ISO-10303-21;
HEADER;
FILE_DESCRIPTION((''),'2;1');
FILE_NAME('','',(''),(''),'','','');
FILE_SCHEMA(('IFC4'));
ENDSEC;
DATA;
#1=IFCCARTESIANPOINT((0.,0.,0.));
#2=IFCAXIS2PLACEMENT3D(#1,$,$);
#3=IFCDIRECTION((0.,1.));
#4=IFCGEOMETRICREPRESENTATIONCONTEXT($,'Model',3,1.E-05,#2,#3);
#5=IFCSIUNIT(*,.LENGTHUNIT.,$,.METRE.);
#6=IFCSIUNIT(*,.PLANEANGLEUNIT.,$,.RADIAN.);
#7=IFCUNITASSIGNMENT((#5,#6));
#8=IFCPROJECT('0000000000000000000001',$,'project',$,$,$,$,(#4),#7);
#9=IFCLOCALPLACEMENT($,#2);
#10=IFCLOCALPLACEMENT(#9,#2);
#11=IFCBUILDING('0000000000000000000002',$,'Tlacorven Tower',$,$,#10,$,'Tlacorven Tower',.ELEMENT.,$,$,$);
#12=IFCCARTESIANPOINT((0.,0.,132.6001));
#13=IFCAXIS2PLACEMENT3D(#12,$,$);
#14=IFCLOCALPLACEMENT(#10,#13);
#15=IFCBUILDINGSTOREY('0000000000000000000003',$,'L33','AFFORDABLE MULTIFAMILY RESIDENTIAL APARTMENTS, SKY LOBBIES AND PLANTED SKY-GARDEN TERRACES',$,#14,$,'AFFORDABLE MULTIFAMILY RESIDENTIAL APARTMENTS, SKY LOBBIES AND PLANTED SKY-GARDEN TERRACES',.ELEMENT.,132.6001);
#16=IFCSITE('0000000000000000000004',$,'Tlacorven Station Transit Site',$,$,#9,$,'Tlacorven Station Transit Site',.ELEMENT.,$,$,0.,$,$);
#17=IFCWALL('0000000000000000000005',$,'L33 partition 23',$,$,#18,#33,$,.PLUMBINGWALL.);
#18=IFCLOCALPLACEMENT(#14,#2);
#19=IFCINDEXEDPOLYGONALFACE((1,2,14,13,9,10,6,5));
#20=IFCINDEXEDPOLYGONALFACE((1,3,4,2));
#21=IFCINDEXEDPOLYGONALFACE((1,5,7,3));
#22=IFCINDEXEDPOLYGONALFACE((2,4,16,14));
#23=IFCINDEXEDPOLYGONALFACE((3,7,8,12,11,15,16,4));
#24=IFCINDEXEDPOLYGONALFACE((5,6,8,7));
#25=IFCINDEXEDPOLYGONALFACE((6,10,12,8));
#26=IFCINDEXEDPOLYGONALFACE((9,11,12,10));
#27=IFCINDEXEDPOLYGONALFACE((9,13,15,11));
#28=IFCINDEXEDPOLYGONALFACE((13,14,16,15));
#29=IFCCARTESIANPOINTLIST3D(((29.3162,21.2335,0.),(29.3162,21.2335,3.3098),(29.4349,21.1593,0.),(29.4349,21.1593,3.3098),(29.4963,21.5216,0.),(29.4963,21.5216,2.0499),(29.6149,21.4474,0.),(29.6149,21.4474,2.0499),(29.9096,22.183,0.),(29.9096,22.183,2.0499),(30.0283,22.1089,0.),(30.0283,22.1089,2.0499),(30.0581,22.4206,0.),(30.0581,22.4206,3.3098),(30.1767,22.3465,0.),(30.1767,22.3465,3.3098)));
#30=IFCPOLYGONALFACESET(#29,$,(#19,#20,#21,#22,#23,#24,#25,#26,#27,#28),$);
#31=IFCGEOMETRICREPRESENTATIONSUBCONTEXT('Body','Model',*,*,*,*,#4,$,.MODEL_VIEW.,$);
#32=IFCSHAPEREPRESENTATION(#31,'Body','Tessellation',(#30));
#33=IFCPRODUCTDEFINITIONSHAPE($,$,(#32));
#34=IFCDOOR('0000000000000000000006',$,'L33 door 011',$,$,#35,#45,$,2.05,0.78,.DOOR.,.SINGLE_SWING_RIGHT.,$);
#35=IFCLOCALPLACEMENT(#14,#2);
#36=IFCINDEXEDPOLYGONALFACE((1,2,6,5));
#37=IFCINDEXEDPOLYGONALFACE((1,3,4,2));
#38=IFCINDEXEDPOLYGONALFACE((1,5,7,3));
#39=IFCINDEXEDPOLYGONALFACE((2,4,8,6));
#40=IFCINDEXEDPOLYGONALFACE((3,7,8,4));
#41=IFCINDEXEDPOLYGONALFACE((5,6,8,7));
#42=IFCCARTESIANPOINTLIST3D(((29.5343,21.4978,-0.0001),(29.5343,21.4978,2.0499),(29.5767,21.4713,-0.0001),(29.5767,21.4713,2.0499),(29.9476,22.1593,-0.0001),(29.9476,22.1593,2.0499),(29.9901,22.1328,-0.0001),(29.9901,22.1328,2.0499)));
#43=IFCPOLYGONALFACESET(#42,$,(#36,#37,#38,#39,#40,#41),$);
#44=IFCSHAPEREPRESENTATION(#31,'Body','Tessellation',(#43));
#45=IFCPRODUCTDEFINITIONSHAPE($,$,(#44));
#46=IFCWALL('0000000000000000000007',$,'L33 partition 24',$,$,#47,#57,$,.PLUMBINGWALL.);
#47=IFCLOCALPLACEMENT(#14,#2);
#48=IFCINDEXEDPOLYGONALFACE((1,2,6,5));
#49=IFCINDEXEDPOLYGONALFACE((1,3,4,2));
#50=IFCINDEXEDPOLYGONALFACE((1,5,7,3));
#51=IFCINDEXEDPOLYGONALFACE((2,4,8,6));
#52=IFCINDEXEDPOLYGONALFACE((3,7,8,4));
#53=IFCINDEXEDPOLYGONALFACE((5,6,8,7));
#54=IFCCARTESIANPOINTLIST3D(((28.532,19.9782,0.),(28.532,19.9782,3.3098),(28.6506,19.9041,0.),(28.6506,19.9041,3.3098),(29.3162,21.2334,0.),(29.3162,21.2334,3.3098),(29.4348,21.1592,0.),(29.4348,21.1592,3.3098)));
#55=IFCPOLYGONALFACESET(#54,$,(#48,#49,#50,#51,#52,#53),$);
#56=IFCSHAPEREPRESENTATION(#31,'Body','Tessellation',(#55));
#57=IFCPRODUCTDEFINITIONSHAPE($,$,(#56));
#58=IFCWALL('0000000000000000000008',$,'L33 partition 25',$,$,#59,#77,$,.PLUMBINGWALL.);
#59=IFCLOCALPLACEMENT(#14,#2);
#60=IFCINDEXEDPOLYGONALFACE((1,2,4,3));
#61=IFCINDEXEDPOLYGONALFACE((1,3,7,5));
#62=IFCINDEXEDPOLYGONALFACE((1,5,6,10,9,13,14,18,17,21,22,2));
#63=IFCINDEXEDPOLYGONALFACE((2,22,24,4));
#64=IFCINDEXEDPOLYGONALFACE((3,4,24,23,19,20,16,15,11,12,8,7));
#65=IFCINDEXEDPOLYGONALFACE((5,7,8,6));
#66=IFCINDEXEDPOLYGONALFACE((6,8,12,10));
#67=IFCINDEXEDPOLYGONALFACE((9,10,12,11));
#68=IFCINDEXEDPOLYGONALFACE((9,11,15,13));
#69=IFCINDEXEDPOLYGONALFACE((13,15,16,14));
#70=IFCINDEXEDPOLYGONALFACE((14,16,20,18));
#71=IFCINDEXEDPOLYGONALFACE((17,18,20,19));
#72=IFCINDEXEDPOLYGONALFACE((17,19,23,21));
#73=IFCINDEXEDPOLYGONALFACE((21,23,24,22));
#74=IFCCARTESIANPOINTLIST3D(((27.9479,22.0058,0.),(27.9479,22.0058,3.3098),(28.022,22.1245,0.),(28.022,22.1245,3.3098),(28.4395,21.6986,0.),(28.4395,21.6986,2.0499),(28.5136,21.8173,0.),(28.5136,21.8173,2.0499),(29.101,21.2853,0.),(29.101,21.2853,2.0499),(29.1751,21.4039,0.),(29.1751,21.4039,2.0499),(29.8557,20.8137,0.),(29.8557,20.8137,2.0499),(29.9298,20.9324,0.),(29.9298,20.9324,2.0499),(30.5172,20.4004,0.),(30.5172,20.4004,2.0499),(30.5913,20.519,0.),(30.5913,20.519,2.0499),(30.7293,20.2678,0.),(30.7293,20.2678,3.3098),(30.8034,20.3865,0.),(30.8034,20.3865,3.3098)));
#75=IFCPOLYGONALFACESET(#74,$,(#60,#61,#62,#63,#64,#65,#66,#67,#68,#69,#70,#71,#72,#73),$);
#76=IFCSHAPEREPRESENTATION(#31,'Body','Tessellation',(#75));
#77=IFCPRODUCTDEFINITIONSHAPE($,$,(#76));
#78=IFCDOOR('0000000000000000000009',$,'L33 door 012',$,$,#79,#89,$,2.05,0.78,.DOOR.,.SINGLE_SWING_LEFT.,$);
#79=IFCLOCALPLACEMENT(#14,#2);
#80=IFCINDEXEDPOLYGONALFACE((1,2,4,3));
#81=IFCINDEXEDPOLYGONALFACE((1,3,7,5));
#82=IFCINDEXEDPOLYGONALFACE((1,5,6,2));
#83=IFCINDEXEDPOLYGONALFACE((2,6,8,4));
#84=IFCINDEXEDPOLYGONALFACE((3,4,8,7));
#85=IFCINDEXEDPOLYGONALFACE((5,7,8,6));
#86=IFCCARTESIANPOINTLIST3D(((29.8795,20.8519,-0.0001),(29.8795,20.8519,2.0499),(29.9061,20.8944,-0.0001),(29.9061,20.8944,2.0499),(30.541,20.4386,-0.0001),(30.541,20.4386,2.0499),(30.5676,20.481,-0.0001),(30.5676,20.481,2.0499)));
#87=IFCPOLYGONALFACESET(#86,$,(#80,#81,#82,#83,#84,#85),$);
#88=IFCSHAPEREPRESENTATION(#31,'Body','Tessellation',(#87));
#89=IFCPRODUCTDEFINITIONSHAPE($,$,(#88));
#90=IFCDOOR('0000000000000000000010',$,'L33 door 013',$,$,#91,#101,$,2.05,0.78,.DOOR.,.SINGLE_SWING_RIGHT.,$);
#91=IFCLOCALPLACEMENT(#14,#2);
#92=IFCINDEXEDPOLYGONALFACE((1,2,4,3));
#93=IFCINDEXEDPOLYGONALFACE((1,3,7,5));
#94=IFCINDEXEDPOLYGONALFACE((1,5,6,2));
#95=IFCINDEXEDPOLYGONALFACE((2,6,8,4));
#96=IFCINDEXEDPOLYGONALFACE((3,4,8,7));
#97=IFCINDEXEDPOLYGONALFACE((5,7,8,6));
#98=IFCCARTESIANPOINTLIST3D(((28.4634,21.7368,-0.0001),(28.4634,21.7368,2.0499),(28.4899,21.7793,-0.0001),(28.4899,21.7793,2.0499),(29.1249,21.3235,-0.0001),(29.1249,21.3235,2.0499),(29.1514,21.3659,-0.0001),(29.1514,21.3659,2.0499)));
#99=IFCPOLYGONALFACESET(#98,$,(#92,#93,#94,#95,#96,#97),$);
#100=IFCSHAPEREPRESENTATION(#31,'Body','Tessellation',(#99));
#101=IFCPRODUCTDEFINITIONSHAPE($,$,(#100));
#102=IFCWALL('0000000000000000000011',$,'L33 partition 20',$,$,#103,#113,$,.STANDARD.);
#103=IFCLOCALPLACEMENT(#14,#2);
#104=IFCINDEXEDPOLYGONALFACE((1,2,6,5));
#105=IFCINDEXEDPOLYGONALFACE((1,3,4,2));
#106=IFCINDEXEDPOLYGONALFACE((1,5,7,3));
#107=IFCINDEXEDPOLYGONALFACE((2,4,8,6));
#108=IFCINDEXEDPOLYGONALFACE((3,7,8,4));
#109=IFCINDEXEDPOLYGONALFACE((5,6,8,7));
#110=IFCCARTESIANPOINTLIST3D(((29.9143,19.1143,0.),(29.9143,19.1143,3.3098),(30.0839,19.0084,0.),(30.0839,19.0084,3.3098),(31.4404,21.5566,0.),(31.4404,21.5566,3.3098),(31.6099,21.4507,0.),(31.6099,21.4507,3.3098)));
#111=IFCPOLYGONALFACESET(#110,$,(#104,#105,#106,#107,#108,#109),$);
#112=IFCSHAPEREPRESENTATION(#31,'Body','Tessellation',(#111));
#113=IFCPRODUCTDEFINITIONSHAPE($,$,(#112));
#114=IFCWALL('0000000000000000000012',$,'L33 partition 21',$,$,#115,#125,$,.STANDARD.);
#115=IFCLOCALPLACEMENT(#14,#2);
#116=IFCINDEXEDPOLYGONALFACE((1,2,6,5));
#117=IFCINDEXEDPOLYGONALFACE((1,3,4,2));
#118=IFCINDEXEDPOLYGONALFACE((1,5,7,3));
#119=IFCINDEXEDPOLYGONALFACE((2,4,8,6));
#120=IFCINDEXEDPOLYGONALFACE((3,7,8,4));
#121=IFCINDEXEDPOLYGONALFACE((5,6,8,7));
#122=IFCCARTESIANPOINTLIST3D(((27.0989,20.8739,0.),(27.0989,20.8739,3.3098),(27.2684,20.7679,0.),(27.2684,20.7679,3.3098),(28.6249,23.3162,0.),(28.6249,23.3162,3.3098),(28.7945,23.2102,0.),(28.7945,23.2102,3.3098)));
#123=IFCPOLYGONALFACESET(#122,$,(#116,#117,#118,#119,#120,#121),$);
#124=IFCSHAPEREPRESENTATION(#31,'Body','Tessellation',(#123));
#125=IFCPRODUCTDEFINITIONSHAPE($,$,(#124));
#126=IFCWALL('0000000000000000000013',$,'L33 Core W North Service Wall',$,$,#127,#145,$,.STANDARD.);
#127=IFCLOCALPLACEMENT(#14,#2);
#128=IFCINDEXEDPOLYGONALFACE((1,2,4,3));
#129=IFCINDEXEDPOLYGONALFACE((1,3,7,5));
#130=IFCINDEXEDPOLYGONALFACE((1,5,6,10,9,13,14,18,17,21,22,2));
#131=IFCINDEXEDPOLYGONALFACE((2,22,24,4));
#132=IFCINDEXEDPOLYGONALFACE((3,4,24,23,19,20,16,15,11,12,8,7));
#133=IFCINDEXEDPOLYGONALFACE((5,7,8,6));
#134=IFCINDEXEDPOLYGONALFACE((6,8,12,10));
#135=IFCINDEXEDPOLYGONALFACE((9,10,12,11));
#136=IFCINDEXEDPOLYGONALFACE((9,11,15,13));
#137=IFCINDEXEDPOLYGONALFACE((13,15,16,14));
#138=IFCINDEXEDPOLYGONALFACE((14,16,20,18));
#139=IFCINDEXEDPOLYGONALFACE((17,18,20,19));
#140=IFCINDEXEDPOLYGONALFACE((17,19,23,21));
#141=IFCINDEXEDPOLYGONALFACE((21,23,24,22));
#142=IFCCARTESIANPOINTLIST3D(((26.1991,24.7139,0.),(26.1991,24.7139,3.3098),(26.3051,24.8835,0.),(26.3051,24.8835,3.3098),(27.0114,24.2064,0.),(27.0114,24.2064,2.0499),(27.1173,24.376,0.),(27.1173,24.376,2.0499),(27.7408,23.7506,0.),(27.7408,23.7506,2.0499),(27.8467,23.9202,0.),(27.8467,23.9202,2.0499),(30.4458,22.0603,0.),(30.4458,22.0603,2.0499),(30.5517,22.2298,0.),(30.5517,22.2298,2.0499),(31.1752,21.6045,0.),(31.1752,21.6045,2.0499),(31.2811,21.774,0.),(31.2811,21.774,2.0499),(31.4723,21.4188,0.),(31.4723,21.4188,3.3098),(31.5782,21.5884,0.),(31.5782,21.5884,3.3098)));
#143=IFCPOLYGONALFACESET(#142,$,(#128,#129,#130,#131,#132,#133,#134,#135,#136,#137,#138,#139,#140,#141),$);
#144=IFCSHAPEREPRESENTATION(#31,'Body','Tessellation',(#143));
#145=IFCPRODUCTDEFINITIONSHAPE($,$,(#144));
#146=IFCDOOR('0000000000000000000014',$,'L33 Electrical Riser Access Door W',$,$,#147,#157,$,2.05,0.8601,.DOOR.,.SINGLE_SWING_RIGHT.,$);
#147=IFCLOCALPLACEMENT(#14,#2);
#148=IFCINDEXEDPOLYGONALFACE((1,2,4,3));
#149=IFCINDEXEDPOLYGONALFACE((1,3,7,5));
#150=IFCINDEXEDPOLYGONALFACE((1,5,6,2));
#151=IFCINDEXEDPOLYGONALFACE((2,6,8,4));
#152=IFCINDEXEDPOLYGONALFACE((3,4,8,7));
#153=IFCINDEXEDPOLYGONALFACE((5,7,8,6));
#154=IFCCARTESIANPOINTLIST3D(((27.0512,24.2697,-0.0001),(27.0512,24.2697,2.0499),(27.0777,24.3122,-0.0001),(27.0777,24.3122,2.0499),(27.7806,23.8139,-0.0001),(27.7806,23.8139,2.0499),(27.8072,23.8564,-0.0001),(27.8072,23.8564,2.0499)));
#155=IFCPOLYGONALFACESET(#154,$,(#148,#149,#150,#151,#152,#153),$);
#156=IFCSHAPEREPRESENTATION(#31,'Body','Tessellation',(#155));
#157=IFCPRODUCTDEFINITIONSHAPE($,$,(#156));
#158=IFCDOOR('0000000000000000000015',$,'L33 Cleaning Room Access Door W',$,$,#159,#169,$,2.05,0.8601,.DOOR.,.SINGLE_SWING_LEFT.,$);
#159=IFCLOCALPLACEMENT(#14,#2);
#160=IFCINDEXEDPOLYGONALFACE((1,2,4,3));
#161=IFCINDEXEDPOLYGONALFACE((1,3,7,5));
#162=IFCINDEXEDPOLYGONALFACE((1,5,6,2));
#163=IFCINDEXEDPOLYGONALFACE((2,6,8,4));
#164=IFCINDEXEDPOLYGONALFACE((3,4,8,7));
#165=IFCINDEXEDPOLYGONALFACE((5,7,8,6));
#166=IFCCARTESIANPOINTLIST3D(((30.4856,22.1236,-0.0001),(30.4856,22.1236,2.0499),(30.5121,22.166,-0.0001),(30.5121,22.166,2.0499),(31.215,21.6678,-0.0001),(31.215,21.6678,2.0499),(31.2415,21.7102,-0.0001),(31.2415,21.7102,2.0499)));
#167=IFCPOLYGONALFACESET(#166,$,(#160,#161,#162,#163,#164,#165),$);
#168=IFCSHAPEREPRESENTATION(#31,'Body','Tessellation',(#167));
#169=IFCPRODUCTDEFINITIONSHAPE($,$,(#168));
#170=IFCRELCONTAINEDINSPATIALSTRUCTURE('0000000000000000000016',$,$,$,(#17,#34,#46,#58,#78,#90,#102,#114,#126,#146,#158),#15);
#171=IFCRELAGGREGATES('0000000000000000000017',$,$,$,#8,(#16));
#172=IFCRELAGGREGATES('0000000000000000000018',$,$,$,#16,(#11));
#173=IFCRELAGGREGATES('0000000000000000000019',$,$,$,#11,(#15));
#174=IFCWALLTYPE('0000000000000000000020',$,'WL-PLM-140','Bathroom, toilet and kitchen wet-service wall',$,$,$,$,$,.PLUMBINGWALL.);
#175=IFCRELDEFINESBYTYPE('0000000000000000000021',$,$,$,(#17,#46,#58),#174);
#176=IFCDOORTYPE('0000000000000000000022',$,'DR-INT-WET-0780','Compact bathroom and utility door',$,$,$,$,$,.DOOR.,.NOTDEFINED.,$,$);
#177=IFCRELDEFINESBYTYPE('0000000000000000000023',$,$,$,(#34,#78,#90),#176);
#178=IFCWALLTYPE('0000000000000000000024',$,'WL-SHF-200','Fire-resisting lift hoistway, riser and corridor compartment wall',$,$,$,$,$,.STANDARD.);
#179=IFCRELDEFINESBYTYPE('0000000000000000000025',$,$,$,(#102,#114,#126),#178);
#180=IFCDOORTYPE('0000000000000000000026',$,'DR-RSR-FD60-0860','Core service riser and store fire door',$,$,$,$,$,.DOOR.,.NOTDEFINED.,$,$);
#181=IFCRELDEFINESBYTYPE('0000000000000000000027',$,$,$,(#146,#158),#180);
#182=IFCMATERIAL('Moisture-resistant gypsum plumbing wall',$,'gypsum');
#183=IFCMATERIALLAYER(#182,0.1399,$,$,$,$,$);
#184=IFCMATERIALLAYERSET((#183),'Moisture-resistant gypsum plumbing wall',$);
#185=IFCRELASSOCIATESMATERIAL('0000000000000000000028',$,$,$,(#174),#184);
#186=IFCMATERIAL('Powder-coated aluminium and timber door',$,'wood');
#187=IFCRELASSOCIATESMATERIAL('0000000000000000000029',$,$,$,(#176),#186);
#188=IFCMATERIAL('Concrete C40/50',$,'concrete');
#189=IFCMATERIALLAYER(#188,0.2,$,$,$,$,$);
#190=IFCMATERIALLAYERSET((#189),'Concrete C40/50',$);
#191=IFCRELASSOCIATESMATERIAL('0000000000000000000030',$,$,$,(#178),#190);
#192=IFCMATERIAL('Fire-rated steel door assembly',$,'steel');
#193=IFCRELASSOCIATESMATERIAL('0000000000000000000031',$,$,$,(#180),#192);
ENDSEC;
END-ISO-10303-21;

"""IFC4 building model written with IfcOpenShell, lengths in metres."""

from ifc_helpers import new_model, si_unit, direction, frame, frame_2d, origin, place, context, subcontext, project, spatial, rectangle, extrude, source, transform, mapped, material, layer, layer_set, type_object, element, fill, save


model = new_model("IFC4")

# Units and contexts
model_context = context("Model", 3, precision=1e-05, world=origin(), true_north=direction((0.0, 1.0)))
body_context = subcontext(model_context, "Body", "Model", "MODEL_VIEW")
ifc_project = project(units=[si_unit("LENGTHUNIT", "METRE"), si_unit("PLANEANGLEUNIT", "RADIAN")], contexts=[model_context])

# Site, building, storey
site_placement = place(None, origin())
site = spatial("IfcSite", under=ifc_project, at=site_placement, Name="Tlacorven Station Transit Site", LongName="Tlacorven Station Transit Site", CompositionType="ELEMENT", RefElevation=0.0)
building_placement = place(site_placement, origin())
building = spatial("IfcBuilding", under=site, at=building_placement, Name="Tlacorven Tower", LongName="Tlacorven Tower", CompositionType="ELEMENT")
storey_placement = place(building_placement, frame((0.0, 0.0, 132.6001)))
storey = spatial("IfcBuildingStorey", under=building, at=storey_placement, Name="L33", Description="AFFORDABLE MULTIFAMILY RESIDENTIAL APARTMENTS, SKY LOBBIES AND PLANTED SKY-GARDEN TERRACES", LongName="AFFORDABLE MULTIFAMILY RESIDENTIAL APARTMENTS, SKY LOBBIES AND PLANTED SKY-GARDEN TERRACES", CompositionType="ELEMENT", Elevation=132.6001)

# Wall, opening, door
ifc_material_1 = material(Name="Moisture-resistant gypsum plumbing wall", Category="gypsum")
ifc_layer_1 = layer(ifc_material_1, 0.1399)
ifc_layer_set_1 = layer_set([ifc_layer_1], Name="Moisture-resistant gypsum plumbing wall")
wall_type_1 = type_object("IfcWallType", Name="WL-PLM-140", Description="Bathroom, toilet and kitchen wet-service wall", PredefinedType="PLUMBINGWALL", material=ifc_layer_set_1)
wall_1_placement = place(storey_placement, frame((30.1174, 22.3835, 0.0), z_axis=(0.0, 0.0, 1.0), x_axis=(-0.529952, -0.848028, 0.0)))
wall_1 = element("IfcWall", 1, at=wall_1_placement, inside=storey, type_object=wall_type_1, Name="L33 partition 23", PredefinedType="PLUMBINGWALL", context=body_context, shape_type="SweptSolid", body=[
    extrude(rectangle(XDim=1.3999, YDim=0.1399, at=frame_2d((0.7, 0.0))), origin(), (0.0, 0.0, 1.0), 3.3098),
])
opening_1_placement = place(wall_1_placement, frame((0.28, 0.0, 0.0)))
opening_1 = element("IfcOpeningElement", 2, at=opening_1_placement, cuts=wall_1, PredefinedType="OPENING", context=body_context, shape_type="SweptSolid", body=[
    extrude(rectangle(XDim=0.78, YDim=2.05, at=frame_2d((0.3901, 1.0249))), frame((0.0, 0.0801, 0.0), z_axis=(0.0, -1.0, 0.0), x_axis=(1.0, 0.0, 0.0)), (0.0, 0.0, 1.0), 0.1599),
])
ifc_material_2 = material(Name="Powder-coated aluminium and timber door", Category="wood")
door_type_1 = type_object("IfcDoorType", Name="DR-INT-WET-0780", Description="Compact bathroom and utility door", OperationType="NOTDEFINED", PredefinedType="DOOR", material=ifc_material_2)
shared_shape_1 = source(origin(), body_context, "Body", "SweptSolid", [
    extrude(rectangle(XDim=0.78, YDim=2.05, at=frame_2d((0.3901, 1.0249))), frame((0.0, 0.0249, 0.0), z_axis=(0.0, -1.0, 0.0), x_axis=(1.0, 0.0, 0.0)), (0.0, 0.0, 1.0), 0.05),
])
door_1_placement = place(opening_1_placement, origin())
door_1 = element("IfcDoor", 3, at=door_1_placement, inside=storey, type_object=door_type_1, Name="L33 door 011", OperationType="SINGLE_SWING_RIGHT", OverallHeight=2.05, OverallWidth=0.78, PredefinedType="DOOR", context=body_context, shape_type="MappedRepresentation", body=[
    mapped(shared_shape_1, transform((0.0, 0.0, 0.0), scale=1.0)),
])
fill(opening_1, door_1)

# Wall
wall_2_placement = place(storey_placement, frame((29.3755, 21.1963, 0.0), z_axis=(0.0, 0.0, 1.0), x_axis=(-0.529865, -0.848082, 0.0)))
element("IfcWall", 4, at=wall_2_placement, inside=storey, type_object=wall_type_1, Name="L33 partition 24", PredefinedType="PLUMBINGWALL", context=body_context, shape_type="SweptSolid", body=[
    extrude(rectangle(XDim=1.48, YDim=0.1399, at=frame_2d((0.74, 0.0))), origin(), (0.0, 0.0, 1.0), 3.3098),
])

# Wall, openings, doors
wall_3_placement = place(storey_placement, frame((30.7664, 20.3271, 0.0), z_axis=(0.0, 0.0, 1.0), x_axis=(-0.848053, 0.529912, 0.0)))
wall_3 = element("IfcWall", 5, at=wall_3_placement, inside=storey, type_object=wall_type_1, Name="L33 partition 25", PredefinedType="PLUMBINGWALL", context=body_context, shape_type="SweptSolid", body=[
    extrude(rectangle(XDim=3.2798, YDim=0.1399, at=frame_2d((1.6399, 0.0))), origin(), (0.0, 0.0, 1.0), 3.3098),
])
opening_2_placement = place(wall_3_placement, frame((0.25, 0.0, 0.0)))
opening_2 = element("IfcOpeningElement", 6, at=opening_2_placement, cuts=wall_3, PredefinedType="OPENING", context=body_context, shape_type="SweptSolid", body=[
    extrude(rectangle(XDim=0.78, YDim=2.05, at=frame_2d((0.3901, 1.0249))), frame((0.0, 0.0801, 0.0), z_axis=(0.0, -1.0, 0.0), x_axis=(1.0, 0.0, 0.0)), (0.0, 0.0, 1.0), 0.1599),
])
opening_3_placement = place(wall_3_placement, frame((1.9199, 0.0, 0.0)))
opening_3 = element("IfcOpeningElement", 7, at=opening_3_placement, cuts=wall_3, PredefinedType="OPENING", context=body_context, shape_type="SweptSolid", body=[
    extrude(rectangle(XDim=0.78, YDim=2.05, at=frame_2d((0.3901, 1.0249))), frame((0.0, 0.0801, 0.0), z_axis=(0.0, -1.0, 0.0), x_axis=(1.0, 0.0, 0.0)), (0.0, 0.0, 1.0), 0.1599),
])
door_2_placement = place(opening_2_placement, origin())
door_2 = element("IfcDoor", 8, at=door_2_placement, inside=storey, type_object=door_type_1, Name="L33 door 012", OperationType="SINGLE_SWING_LEFT", OverallHeight=2.05, OverallWidth=0.78, PredefinedType="DOOR", context=body_context, shape_type="MappedRepresentation", body=[
    mapped(shared_shape_1, transform((0.0, 0.0, 0.0), scale=1.0)),
])
fill(opening_2, door_2)
door_3_placement = place(opening_3_placement, origin())
door_3 = element("IfcDoor", 9, at=door_3_placement, inside=storey, type_object=door_type_1, Name="L33 door 013", OperationType="SINGLE_SWING_RIGHT", OverallHeight=2.05, OverallWidth=0.78, PredefinedType="DOOR", context=body_context, shape_type="MappedRepresentation", body=[
    mapped(shared_shape_1, transform((0.0, 0.0, 0.0), scale=1.0)),
])
fill(opening_3, door_3)
ifc_material_3 = material(Name="Concrete C40/50", Category="concrete")
ifc_layer_2 = layer(ifc_material_3, 0.2)
ifc_layer_set_2 = layer_set([ifc_layer_2], Name="Concrete C40/50")
wall_type_2 = type_object("IfcWallType", Name="WL-SHF-200", Description="Fire-resisting lift hoistway, riser and corridor compartment wall", PredefinedType="STANDARD", material=ifc_layer_set_2)
ifc_material_4 = material(Name="Fire-rated steel door assembly", Category="steel")

# Walls
for number, where, z_axis, x_axis, name in (
    (10, (31.5251, 21.5037, 0.0), (0.0, 0.0, 1.0), (-0.529907, -0.848055, 0.0), "L33 partition 20"),
    (11, (28.7097, 23.2632, 0.0), (0.0, 0.0, 1.0), (-0.529907, -0.848055, 0.0), "L33 partition 21"),
):
    element("IfcWall", number, at=place(storey_placement, frame(where, z_axis=z_axis, x_axis=x_axis)), inside=storey, type_object=wall_type_2, Name=name, PredefinedType="STANDARD", context=body_context, shape_type="SweptSolid", body=[
        extrude(rectangle(XDim=2.8799, YDim=0.2, at=frame_2d((1.4399, 0.0))), origin(), (0.0, 0.0, 1.0), 3.3098),
    ])

# Wall, openings, doors
wall_4_placement = place(storey_placement, frame((31.5251, 21.5037, 0.0), z_axis=(0.0, 0.0, 1.0), x_axis=(-0.84804, 0.529932, 0.0)))
wall_4 = element("IfcWall", 12, at=wall_4_placement, inside=storey, type_object=wall_type_2, Name="L33 Core W North Service Wall", PredefinedType="STANDARD", context=body_context, shape_type="SweptSolid", body=[
    extrude(rectangle(XDim=6.218, YDim=0.2, at=frame_2d((3.1089, 0.0))), origin(), (0.0, 0.0, 1.0), 3.3098),
])
opening_4_placement = place(wall_4_placement, frame((4.3999, 0.0, 0.0)))
opening_4 = element("IfcOpeningElement", 13, at=opening_4_placement, cuts=wall_4, PredefinedType="OPENING", context=body_context, shape_type="SweptSolid", body=[
    extrude(rectangle(XDim=0.8601, YDim=2.05, at=frame_2d((0.4302, 1.0249))), frame((0.0, 0.1099, 0.0), z_axis=(0.0, -1.0, 0.0), x_axis=(1.0, 0.0, 0.0)), (0.0, 0.0, 1.0), 0.22),
])
opening_5_placement = place(wall_4_placement, frame((0.3501, 0.0, 0.0)))
opening_5 = element("IfcOpeningElement", 14, at=opening_5_placement, cuts=wall_4, PredefinedType="OPENING", context=body_context, shape_type="SweptSolid", body=[
    extrude(rectangle(XDim=0.8601, YDim=2.05, at=frame_2d((0.4302, 1.0249))), frame((0.0, 0.1099, 0.0), z_axis=(0.0, -1.0, 0.0), x_axis=(1.0, 0.0, 0.0)), (0.0, 0.0, 1.0), 0.22),
])
door_type_2 = type_object("IfcDoorType", Name="DR-RSR-FD60-0860", Description="Core service riser and store fire door", OperationType="NOTDEFINED", PredefinedType="DOOR", material=ifc_material_4)
shared_shape_2 = source(origin(), body_context, "Body", "SweptSolid", [
    extrude(rectangle(XDim=0.8601, YDim=2.05, at=frame_2d((0.4302, 1.0249))), frame((0.0, 0.0249, 0.0), z_axis=(0.0, -1.0, 0.0), x_axis=(1.0, 0.0, 0.0)), (0.0, 0.0, 1.0), 0.05),
])
door_4_placement = place(opening_4_placement, frame((0.8601, 0.0, 0.0), z_axis=(0.0, 0.0, 1.0), x_axis=(-1.0, 0.0, 0.0)))
door_4 = element("IfcDoor", 15, at=door_4_placement, inside=storey, type_object=door_type_2, Name="L33 Electrical Riser Access Door W", OperationType="SINGLE_SWING_RIGHT", OverallHeight=2.05, OverallWidth=0.8601, PredefinedType="DOOR", context=body_context, shape_type="MappedRepresentation", body=[
    mapped(shared_shape_2, transform((0.0, 0.0, 0.0), scale=1.0)),
])
fill(opening_4, door_4)
door_5_placement = place(opening_5_placement, frame((0.8601, 0.0, 0.0), z_axis=(0.0, 0.0, 1.0), x_axis=(-1.0, 0.0, 0.0)))
door_5 = element("IfcDoor", 16, at=door_5_placement, inside=storey, type_object=door_type_2, Name="L33 Cleaning Room Access Door W", OperationType="SINGLE_SWING_LEFT", OverallHeight=2.05, OverallWidth=0.8601, PredefinedType="DOOR", context=body_context, shape_type="MappedRepresentation", body=[
    mapped(shared_shape_2, transform((0.0, 0.0, 0.0), scale=1.0)),
])
fill(opening_5, door_5)

save(model, "model.ifc")
